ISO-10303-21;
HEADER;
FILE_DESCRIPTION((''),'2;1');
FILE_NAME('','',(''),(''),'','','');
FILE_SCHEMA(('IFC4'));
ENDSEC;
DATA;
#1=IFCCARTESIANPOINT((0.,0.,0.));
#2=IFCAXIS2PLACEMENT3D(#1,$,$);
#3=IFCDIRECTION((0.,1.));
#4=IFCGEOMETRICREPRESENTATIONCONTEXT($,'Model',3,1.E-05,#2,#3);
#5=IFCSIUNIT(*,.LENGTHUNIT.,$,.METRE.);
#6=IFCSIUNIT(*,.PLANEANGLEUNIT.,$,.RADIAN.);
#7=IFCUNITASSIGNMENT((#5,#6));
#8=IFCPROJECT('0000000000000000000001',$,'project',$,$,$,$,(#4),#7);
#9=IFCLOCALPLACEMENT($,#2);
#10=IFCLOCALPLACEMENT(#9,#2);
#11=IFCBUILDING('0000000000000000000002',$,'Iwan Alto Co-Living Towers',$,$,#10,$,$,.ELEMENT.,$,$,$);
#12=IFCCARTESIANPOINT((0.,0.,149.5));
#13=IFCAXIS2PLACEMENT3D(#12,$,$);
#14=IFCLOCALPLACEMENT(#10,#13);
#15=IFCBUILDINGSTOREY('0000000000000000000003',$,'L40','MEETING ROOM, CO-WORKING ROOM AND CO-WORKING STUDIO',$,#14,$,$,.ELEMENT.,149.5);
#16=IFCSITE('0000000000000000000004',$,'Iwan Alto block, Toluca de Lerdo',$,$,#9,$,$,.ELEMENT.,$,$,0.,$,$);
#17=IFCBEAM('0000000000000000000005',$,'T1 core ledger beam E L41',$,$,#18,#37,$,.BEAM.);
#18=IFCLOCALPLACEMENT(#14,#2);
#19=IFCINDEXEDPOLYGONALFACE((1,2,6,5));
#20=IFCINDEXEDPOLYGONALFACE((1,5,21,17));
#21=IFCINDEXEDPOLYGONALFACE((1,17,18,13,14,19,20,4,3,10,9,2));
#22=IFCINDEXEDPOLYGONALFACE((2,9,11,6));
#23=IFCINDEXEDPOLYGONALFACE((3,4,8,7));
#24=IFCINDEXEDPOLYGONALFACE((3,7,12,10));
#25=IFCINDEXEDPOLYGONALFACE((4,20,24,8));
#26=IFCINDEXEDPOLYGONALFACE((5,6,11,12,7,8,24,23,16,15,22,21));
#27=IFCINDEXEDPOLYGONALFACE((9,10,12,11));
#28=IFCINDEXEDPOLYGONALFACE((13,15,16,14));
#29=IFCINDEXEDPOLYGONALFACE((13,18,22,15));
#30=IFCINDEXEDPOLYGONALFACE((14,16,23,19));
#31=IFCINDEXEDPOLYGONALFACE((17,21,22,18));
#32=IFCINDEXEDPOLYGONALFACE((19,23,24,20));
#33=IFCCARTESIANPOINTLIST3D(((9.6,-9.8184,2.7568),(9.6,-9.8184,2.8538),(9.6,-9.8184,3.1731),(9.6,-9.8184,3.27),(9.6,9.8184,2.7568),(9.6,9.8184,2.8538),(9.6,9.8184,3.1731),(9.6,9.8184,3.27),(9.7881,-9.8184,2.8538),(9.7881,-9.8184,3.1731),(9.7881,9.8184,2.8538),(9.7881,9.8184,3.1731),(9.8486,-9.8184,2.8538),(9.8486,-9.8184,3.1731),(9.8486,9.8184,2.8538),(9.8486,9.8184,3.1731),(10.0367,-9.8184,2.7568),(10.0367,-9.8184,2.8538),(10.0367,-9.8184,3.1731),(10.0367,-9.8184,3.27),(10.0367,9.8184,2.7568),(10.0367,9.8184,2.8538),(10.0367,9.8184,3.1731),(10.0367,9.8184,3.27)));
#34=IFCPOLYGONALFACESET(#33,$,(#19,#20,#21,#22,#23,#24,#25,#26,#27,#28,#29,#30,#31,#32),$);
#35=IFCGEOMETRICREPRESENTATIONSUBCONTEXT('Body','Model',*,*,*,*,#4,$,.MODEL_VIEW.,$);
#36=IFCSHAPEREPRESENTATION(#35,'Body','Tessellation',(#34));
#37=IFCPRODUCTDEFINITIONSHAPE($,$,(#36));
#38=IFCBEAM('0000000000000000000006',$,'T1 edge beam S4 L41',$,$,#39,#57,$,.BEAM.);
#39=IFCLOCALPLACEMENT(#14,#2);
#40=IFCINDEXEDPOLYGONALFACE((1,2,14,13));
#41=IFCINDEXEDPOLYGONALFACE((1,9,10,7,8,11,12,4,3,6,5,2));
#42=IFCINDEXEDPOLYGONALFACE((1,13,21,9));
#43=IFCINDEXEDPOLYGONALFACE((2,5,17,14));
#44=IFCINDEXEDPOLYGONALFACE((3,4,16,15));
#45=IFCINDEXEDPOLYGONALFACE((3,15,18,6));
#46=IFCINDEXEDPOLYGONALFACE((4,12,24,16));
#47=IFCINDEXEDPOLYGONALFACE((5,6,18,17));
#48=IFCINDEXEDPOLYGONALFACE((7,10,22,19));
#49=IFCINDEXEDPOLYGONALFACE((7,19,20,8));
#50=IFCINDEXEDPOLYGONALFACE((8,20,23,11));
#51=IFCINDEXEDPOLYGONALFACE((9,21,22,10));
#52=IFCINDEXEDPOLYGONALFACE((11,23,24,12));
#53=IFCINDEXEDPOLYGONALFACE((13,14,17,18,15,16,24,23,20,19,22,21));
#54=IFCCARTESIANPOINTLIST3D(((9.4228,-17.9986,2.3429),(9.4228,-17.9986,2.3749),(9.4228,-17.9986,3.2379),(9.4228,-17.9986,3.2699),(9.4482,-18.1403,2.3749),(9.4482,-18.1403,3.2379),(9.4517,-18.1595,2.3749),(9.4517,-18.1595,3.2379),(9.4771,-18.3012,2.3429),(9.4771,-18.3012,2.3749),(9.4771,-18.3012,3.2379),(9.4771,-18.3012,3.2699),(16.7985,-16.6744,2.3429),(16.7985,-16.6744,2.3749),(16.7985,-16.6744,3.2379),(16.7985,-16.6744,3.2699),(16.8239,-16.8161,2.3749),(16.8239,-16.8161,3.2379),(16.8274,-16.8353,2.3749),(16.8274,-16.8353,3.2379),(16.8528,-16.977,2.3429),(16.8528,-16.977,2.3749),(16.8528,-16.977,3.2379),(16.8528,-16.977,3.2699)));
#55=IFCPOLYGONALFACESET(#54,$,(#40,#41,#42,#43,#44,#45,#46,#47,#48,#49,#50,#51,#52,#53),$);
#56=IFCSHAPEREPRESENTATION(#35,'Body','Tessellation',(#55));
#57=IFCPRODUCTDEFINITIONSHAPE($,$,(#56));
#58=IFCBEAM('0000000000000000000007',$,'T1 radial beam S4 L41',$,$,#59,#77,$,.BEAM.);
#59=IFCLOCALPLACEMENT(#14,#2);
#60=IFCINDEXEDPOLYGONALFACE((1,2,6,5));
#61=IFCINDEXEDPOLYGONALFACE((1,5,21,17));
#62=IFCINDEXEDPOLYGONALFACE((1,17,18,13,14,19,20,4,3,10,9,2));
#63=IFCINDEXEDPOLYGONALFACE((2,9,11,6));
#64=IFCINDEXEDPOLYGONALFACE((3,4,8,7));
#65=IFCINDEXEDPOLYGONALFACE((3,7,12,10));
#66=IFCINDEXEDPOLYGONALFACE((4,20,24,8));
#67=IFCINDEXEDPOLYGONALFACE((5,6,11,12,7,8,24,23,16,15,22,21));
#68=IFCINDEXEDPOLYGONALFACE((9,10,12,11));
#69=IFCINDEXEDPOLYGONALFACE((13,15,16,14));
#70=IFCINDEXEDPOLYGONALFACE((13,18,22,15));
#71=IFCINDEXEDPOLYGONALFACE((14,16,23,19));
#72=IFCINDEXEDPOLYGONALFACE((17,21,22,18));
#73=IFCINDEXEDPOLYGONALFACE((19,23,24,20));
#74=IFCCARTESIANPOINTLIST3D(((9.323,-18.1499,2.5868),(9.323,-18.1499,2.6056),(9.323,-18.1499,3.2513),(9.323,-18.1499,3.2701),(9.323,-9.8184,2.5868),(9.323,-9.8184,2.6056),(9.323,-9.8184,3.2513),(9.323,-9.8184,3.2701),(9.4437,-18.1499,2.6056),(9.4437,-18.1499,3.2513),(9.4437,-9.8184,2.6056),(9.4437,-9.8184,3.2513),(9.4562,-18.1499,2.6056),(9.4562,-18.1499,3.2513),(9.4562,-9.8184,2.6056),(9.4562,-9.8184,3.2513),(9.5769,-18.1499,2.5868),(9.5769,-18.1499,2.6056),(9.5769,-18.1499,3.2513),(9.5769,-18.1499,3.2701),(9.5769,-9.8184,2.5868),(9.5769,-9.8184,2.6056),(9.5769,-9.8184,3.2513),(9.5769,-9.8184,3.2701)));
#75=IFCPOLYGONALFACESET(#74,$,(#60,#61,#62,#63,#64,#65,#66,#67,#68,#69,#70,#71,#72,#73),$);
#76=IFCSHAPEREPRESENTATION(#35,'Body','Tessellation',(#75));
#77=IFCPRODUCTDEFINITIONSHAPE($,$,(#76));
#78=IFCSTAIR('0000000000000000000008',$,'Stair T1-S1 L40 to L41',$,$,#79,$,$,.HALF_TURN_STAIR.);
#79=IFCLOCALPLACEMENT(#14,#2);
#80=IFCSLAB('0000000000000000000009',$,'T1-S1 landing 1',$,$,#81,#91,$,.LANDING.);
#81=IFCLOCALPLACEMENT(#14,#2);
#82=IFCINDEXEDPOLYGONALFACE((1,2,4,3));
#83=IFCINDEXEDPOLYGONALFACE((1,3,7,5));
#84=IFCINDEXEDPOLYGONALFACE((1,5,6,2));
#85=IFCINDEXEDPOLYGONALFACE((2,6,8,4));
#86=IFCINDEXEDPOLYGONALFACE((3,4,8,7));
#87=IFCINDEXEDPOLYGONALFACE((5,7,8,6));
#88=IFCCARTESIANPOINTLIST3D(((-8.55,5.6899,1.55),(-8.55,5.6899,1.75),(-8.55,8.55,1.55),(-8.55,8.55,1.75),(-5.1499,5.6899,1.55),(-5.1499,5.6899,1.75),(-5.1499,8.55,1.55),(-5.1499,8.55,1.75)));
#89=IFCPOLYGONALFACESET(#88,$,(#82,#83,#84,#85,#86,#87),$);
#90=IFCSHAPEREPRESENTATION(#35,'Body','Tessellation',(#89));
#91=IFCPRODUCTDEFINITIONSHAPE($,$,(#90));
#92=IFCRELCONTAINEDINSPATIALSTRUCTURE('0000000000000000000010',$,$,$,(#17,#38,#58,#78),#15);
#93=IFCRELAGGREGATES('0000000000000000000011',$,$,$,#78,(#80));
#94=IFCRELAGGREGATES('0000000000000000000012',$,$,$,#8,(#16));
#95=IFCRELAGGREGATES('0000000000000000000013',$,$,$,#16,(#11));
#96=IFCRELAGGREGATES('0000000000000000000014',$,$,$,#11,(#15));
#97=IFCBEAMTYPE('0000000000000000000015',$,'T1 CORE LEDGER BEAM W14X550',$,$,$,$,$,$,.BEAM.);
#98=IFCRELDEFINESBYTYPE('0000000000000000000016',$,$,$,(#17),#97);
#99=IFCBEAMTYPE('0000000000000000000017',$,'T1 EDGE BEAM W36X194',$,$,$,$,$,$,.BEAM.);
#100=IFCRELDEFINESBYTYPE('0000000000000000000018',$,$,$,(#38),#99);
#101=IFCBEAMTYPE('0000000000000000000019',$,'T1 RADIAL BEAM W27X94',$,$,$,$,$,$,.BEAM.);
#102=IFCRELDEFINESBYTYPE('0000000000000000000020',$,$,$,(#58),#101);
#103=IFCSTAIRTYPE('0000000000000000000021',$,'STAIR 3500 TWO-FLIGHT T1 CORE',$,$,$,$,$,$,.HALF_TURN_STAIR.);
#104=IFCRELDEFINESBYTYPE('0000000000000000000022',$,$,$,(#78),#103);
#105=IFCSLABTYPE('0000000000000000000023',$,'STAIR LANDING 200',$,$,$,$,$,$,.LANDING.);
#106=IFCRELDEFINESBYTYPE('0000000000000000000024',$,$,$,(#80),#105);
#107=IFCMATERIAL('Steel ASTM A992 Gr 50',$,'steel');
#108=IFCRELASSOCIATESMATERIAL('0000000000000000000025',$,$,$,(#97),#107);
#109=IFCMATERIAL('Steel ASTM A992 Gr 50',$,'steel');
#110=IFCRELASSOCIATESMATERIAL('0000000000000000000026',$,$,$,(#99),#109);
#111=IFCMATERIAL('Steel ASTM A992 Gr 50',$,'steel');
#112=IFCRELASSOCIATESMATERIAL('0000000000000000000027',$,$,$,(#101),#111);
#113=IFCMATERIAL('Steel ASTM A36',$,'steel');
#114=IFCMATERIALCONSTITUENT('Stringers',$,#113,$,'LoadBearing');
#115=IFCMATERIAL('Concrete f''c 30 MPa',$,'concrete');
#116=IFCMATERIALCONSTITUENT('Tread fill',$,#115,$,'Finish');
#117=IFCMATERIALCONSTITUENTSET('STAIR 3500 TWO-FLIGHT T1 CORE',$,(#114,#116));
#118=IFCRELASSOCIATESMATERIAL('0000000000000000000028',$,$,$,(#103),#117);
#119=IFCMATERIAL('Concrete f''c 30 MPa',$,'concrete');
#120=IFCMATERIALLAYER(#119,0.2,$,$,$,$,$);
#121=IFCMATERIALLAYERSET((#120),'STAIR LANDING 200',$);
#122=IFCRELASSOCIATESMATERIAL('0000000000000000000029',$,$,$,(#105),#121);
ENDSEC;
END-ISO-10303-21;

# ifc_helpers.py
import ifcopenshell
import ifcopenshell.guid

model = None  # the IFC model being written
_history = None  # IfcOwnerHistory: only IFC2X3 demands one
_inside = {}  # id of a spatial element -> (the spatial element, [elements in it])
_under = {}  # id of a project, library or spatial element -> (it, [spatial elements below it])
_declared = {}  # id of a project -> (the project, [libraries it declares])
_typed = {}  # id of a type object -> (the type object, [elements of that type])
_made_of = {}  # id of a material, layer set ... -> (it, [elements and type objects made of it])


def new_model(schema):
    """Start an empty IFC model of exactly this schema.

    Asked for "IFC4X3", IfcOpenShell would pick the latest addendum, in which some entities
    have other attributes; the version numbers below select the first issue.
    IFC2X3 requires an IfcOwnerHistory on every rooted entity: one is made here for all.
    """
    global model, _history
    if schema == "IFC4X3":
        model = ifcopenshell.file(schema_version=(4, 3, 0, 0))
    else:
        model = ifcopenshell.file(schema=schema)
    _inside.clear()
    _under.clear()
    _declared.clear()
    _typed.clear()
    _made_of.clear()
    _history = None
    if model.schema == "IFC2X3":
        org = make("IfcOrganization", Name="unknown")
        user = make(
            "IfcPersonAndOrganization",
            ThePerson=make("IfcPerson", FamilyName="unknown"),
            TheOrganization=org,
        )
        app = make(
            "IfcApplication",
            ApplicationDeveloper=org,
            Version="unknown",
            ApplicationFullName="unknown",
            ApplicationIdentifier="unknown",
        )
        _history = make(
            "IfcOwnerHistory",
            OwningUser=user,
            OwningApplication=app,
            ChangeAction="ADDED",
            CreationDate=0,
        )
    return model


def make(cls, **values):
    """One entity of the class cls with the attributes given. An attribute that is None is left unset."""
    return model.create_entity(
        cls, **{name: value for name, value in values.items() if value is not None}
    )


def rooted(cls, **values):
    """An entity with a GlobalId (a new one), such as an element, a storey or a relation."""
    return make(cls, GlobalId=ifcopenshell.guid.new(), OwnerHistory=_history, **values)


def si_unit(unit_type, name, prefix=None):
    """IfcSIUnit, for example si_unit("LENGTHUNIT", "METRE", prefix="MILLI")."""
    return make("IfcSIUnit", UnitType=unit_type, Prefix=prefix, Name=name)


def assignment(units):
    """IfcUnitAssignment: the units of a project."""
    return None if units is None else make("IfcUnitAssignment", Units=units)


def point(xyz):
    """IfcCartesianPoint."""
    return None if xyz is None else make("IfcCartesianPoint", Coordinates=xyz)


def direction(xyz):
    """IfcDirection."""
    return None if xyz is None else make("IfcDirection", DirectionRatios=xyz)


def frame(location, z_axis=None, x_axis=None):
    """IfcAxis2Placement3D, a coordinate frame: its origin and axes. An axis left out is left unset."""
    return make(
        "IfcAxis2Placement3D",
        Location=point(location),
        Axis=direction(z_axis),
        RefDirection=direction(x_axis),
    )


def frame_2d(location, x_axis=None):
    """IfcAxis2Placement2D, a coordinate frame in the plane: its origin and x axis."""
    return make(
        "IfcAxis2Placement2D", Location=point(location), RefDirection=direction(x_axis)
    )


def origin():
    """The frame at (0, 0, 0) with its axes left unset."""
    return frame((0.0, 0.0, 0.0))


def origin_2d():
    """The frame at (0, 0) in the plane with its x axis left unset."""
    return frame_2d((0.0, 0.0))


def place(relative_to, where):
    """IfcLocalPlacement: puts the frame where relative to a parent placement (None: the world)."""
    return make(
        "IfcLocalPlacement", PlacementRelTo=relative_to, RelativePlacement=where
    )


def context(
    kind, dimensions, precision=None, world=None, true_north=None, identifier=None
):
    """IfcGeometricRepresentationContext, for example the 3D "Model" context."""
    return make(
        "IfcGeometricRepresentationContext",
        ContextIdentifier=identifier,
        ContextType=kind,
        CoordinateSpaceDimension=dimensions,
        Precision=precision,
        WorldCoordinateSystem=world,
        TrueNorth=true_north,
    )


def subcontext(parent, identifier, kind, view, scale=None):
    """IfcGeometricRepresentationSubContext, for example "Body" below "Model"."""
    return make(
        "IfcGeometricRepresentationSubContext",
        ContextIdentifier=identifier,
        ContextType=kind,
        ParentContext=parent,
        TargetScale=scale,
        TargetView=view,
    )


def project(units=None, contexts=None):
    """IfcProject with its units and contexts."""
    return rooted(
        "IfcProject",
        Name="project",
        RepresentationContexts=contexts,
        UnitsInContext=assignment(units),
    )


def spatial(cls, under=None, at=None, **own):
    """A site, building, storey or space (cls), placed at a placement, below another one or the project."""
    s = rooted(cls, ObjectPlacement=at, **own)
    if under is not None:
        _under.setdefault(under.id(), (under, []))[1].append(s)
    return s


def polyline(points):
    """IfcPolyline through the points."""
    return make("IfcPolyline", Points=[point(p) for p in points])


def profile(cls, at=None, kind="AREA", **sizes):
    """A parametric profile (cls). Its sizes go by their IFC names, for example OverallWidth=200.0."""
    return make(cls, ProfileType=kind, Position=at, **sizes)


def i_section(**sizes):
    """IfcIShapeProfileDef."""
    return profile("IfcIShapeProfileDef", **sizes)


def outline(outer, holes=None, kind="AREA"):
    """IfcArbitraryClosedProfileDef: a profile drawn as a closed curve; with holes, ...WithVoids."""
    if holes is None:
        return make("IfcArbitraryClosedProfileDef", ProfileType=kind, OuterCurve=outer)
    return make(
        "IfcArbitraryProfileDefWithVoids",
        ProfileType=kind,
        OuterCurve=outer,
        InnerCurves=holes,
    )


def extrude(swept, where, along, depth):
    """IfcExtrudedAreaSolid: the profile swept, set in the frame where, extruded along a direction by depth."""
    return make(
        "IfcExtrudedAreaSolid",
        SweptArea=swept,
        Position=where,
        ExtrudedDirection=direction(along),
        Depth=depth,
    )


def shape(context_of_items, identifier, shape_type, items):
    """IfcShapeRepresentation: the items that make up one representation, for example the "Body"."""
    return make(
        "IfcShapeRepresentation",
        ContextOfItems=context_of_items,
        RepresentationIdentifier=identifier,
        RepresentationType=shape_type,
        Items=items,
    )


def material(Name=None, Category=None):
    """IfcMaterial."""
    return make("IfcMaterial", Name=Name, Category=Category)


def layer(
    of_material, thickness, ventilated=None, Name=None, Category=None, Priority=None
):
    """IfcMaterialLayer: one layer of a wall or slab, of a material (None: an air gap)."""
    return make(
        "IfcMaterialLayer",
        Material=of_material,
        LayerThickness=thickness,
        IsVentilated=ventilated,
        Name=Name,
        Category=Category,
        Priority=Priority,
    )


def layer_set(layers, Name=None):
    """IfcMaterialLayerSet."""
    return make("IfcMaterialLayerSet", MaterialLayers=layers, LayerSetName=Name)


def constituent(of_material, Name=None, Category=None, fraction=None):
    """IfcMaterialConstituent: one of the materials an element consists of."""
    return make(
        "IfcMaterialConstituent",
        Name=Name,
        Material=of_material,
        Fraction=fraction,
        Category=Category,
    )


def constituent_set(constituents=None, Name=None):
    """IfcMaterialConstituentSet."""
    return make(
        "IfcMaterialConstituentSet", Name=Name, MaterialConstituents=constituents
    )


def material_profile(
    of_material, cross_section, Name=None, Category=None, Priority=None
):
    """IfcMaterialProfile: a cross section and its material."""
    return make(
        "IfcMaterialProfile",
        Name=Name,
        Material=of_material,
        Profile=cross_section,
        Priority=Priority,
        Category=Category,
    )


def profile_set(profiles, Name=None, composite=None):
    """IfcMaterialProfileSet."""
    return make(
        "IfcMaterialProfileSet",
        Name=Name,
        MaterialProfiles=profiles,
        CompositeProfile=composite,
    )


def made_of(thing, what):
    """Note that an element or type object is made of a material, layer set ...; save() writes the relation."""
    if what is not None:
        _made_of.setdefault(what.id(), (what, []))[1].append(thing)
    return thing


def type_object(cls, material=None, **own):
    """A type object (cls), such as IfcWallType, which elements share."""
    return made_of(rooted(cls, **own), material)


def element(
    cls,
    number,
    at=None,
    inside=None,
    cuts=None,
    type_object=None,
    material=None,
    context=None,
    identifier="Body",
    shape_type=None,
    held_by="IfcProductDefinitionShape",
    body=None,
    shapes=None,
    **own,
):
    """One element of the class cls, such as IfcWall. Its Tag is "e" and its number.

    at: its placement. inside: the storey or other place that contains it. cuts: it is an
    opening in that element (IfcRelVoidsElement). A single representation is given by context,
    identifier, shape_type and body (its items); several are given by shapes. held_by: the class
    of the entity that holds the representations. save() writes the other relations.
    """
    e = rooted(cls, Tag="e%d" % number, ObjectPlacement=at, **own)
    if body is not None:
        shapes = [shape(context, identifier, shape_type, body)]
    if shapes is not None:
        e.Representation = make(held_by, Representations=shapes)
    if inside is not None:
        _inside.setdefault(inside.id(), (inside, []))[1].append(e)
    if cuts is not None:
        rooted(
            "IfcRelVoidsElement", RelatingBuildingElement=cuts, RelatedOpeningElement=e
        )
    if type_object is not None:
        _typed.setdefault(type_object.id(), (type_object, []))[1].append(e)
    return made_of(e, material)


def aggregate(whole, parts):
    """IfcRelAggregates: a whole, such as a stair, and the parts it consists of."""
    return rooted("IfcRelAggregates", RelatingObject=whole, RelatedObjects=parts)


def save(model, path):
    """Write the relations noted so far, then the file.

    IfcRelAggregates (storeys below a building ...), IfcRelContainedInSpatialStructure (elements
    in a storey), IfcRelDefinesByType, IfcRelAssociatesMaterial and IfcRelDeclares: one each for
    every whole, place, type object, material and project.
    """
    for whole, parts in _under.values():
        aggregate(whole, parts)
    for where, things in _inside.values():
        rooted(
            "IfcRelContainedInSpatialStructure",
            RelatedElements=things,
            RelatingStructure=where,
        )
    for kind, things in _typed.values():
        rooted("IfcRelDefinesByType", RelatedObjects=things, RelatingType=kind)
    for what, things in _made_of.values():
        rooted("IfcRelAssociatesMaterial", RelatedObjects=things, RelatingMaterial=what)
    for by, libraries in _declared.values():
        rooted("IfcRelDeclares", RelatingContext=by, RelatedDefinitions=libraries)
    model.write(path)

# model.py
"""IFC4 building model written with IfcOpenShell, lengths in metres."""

from ifc_helpers import new_model, si_unit, direction, frame, origin, origin_2d, place, context, subcontext, project, spatial, polyline, i_section, outline, extrude, material, layer, layer_set, constituent, constituent_set, material_profile, profile_set, type_object, element, aggregate, save


model = new_model("IFC4")

# Units and contexts
model_context = context("Model", 3, precision=1e-05, world=origin(), true_north=direction((0.0, 1.0)))
body_context = subcontext(model_context, "Body", "Model", "MODEL_VIEW")
ifc_project = project(units=[si_unit("LENGTHUNIT", "METRE"), si_unit("PLANEANGLEUNIT", "RADIAN")], contexts=[model_context])

# Site, building, storey
site_placement = place(None, origin())
site = spatial("IfcSite", under=ifc_project, at=site_placement, Name="Iwan Alto block, Toluca de Lerdo", CompositionType="ELEMENT", RefElevation=0.0)
building_placement = place(site_placement, origin())
building = spatial("IfcBuilding", under=site, at=building_placement, Name="Iwan Alto Co-Living Towers", CompositionType="ELEMENT")
storey_placement = place(building_placement, frame((0.0, 0.0, 149.5)))
storey = spatial("IfcBuildingStorey", under=building, at=storey_placement, Name="L40", Description="MEETING ROOM, CO-WORKING ROOM AND CO-WORKING STUDIO", CompositionType="ELEMENT", Elevation=149.5)

# Beams
ifc_material_1 = material(Name="Steel ASTM A992 Gr 50", Category="steel")
ifc_material_profile_1 = material_profile(ifc_material_1, i_section(OverallWidth=0.4368, OverallDepth=0.5132, WebThickness=0.0605, FlangeThickness=0.0969, at=origin_2d()), Name="W14X550")
ifc_profile_set_1 = profile_set([ifc_material_profile_1], Name="Steel ASTM A992 Gr 50")
beam_type_1 = type_object("IfcBeamType", Name="T1 CORE LEDGER BEAM W14X550", PredefinedType="BEAM", material=ifc_profile_set_1)
beam_1_placement = place(storey_placement, frame((9.8184, -9.8184, 3.0134), z_axis=(0.0, 1.0, 0.0), x_axis=(-1.0, 0.0, 0.0)))
element("IfcBeam", 1, at=beam_1_placement, inside=storey, type_object=beam_type_1, Name="T1 core ledger beam E L41", PredefinedType="BEAM", context=body_context, shape_type="SweptSolid", body=[
    extrude(i_section(OverallWidth=0.4368, OverallDepth=0.5132, WebThickness=0.0605, FlangeThickness=0.0969, at=origin_2d()), origin(), (0.0, 0.0, 1.0), 19.6367),
])
ifc_material_2 = material(Name="Steel ASTM A992 Gr 50", Category="steel")
ifc_material_profile_2 = material_profile(ifc_material_2, i_section(OverallWidth=0.3074, OverallDepth=0.927, WebThickness=0.0195, FlangeThickness=0.032, at=origin_2d()), Name="W36X194")
ifc_profile_set_2 = profile_set([ifc_material_profile_2], Name="Steel ASTM A992 Gr 50")
beam_type_2 = type_object("IfcBeamType", Name="T1 EDGE BEAM W36X194", PredefinedType="BEAM", material=ifc_profile_set_2)
beam_2_placement = place(storey_placement, frame((9.45, -18.1499, 2.8064), z_axis=(0.984263, 0.176712, 0.0), x_axis=(-0.176712, 0.984263, 0.0)))
element("IfcBeam", 2, at=beam_2_placement, inside=storey, type_object=beam_type_2, Name="T1 edge beam S4 L41", PredefinedType="BEAM", context=body_context, shape_type="SweptSolid", body=[
    extrude(i_section(OverallWidth=0.3074, OverallDepth=0.927, WebThickness=0.0195, FlangeThickness=0.032, at=origin_2d()), origin(), (0.0, 0.0, 1.0), 7.4937),
])
ifc_material_3 = material(Name="Steel ASTM A992 Gr 50", Category="steel")
ifc_material_profile_3 = material_profile(ifc_material_3, i_section(OverallWidth=0.2539, OverallDepth=0.6833, WebThickness=0.0125, FlangeThickness=0.0188, at=origin_2d()), Name="W27X94")
ifc_profile_set_3 = profile_set([ifc_material_profile_3], Name="Steel ASTM A992 Gr 50")
beam_type_3 = type_object("IfcBeamType", Name="T1 RADIAL BEAM W27X94", PredefinedType="BEAM", material=ifc_profile_set_3)
beam_3_placement = place(storey_placement, frame((9.45, -18.1499, 2.9285), z_axis=(0.0, 1.0, 0.0), x_axis=(-1.0, 0.0, 0.0)))
element("IfcBeam", 3, at=beam_3_placement, inside=storey, type_object=beam_type_3, Name="T1 radial beam S4 L41", PredefinedType="BEAM", context=body_context, shape_type="SweptSolid", body=[
    extrude(i_section(OverallWidth=0.2539, OverallDepth=0.6833, WebThickness=0.0125, FlangeThickness=0.0188, at=origin_2d()), origin(), (0.0, 0.0, 1.0), 8.3315),
])

# Stair, slab
ifc_material_4 = material(Name="Steel ASTM A36", Category="steel")
ifc_constituent_1 = constituent(ifc_material_4, Name="Stringers", Category="LoadBearing")
ifc_material_5 = material(Name="Concrete f'c 30 MPa", Category="concrete")
ifc_constituent_2 = constituent(ifc_material_5, Name="Tread fill", Category="Finish")
ifc_constituent_set_1 = constituent_set(constituents=[ifc_constituent_1, ifc_constituent_2], Name="STAIR 3500 TWO-FLIGHT T1 CORE")
stair_type = type_object("IfcStairType", Name="STAIR 3500 TWO-FLIGHT T1 CORE", PredefinedType="HALF_TURN_STAIR", material=ifc_constituent_set_1)
stair_1_placement = place(storey_placement, origin())
stair_1 = element("IfcStair", 4, at=stair_1_placement, inside=storey, type_object=stair_type, Name="Stair T1-S1 L40 to L41", PredefinedType="HALF_TURN_STAIR")
ifc_material_6 = material(Name="Concrete f'c 30 MPa", Category="concrete")
ifc_layer_1 = layer(ifc_material_6, 0.2)
ifc_layer_set_1 = layer_set([ifc_layer_1], Name="STAIR LANDING 200")
slab_type = type_object("IfcSlabType", Name="STAIR LANDING 200", PredefinedType="LANDING", material=ifc_layer_set_1)
slab_placement = place(storey_placement, frame((0.0, 0.0, 1.55)))
slab = element("IfcSlab", 5, at=slab_placement, type_object=slab_type, Name="T1-S1 landing 1", PredefinedType="LANDING", context=body_context, shape_type="SweptSolid", body=[
    extrude(outline(polyline([(-8.55, 5.6899), (-8.55, 8.55), (-5.1499, 8.55), (-5.1499, 5.6899), (-8.55, 5.6899)])), origin(), (0.0, 0.0, 1.0), 0.2),
])
aggregate(stair_1, [slab])

save(model, "model.ifc")
